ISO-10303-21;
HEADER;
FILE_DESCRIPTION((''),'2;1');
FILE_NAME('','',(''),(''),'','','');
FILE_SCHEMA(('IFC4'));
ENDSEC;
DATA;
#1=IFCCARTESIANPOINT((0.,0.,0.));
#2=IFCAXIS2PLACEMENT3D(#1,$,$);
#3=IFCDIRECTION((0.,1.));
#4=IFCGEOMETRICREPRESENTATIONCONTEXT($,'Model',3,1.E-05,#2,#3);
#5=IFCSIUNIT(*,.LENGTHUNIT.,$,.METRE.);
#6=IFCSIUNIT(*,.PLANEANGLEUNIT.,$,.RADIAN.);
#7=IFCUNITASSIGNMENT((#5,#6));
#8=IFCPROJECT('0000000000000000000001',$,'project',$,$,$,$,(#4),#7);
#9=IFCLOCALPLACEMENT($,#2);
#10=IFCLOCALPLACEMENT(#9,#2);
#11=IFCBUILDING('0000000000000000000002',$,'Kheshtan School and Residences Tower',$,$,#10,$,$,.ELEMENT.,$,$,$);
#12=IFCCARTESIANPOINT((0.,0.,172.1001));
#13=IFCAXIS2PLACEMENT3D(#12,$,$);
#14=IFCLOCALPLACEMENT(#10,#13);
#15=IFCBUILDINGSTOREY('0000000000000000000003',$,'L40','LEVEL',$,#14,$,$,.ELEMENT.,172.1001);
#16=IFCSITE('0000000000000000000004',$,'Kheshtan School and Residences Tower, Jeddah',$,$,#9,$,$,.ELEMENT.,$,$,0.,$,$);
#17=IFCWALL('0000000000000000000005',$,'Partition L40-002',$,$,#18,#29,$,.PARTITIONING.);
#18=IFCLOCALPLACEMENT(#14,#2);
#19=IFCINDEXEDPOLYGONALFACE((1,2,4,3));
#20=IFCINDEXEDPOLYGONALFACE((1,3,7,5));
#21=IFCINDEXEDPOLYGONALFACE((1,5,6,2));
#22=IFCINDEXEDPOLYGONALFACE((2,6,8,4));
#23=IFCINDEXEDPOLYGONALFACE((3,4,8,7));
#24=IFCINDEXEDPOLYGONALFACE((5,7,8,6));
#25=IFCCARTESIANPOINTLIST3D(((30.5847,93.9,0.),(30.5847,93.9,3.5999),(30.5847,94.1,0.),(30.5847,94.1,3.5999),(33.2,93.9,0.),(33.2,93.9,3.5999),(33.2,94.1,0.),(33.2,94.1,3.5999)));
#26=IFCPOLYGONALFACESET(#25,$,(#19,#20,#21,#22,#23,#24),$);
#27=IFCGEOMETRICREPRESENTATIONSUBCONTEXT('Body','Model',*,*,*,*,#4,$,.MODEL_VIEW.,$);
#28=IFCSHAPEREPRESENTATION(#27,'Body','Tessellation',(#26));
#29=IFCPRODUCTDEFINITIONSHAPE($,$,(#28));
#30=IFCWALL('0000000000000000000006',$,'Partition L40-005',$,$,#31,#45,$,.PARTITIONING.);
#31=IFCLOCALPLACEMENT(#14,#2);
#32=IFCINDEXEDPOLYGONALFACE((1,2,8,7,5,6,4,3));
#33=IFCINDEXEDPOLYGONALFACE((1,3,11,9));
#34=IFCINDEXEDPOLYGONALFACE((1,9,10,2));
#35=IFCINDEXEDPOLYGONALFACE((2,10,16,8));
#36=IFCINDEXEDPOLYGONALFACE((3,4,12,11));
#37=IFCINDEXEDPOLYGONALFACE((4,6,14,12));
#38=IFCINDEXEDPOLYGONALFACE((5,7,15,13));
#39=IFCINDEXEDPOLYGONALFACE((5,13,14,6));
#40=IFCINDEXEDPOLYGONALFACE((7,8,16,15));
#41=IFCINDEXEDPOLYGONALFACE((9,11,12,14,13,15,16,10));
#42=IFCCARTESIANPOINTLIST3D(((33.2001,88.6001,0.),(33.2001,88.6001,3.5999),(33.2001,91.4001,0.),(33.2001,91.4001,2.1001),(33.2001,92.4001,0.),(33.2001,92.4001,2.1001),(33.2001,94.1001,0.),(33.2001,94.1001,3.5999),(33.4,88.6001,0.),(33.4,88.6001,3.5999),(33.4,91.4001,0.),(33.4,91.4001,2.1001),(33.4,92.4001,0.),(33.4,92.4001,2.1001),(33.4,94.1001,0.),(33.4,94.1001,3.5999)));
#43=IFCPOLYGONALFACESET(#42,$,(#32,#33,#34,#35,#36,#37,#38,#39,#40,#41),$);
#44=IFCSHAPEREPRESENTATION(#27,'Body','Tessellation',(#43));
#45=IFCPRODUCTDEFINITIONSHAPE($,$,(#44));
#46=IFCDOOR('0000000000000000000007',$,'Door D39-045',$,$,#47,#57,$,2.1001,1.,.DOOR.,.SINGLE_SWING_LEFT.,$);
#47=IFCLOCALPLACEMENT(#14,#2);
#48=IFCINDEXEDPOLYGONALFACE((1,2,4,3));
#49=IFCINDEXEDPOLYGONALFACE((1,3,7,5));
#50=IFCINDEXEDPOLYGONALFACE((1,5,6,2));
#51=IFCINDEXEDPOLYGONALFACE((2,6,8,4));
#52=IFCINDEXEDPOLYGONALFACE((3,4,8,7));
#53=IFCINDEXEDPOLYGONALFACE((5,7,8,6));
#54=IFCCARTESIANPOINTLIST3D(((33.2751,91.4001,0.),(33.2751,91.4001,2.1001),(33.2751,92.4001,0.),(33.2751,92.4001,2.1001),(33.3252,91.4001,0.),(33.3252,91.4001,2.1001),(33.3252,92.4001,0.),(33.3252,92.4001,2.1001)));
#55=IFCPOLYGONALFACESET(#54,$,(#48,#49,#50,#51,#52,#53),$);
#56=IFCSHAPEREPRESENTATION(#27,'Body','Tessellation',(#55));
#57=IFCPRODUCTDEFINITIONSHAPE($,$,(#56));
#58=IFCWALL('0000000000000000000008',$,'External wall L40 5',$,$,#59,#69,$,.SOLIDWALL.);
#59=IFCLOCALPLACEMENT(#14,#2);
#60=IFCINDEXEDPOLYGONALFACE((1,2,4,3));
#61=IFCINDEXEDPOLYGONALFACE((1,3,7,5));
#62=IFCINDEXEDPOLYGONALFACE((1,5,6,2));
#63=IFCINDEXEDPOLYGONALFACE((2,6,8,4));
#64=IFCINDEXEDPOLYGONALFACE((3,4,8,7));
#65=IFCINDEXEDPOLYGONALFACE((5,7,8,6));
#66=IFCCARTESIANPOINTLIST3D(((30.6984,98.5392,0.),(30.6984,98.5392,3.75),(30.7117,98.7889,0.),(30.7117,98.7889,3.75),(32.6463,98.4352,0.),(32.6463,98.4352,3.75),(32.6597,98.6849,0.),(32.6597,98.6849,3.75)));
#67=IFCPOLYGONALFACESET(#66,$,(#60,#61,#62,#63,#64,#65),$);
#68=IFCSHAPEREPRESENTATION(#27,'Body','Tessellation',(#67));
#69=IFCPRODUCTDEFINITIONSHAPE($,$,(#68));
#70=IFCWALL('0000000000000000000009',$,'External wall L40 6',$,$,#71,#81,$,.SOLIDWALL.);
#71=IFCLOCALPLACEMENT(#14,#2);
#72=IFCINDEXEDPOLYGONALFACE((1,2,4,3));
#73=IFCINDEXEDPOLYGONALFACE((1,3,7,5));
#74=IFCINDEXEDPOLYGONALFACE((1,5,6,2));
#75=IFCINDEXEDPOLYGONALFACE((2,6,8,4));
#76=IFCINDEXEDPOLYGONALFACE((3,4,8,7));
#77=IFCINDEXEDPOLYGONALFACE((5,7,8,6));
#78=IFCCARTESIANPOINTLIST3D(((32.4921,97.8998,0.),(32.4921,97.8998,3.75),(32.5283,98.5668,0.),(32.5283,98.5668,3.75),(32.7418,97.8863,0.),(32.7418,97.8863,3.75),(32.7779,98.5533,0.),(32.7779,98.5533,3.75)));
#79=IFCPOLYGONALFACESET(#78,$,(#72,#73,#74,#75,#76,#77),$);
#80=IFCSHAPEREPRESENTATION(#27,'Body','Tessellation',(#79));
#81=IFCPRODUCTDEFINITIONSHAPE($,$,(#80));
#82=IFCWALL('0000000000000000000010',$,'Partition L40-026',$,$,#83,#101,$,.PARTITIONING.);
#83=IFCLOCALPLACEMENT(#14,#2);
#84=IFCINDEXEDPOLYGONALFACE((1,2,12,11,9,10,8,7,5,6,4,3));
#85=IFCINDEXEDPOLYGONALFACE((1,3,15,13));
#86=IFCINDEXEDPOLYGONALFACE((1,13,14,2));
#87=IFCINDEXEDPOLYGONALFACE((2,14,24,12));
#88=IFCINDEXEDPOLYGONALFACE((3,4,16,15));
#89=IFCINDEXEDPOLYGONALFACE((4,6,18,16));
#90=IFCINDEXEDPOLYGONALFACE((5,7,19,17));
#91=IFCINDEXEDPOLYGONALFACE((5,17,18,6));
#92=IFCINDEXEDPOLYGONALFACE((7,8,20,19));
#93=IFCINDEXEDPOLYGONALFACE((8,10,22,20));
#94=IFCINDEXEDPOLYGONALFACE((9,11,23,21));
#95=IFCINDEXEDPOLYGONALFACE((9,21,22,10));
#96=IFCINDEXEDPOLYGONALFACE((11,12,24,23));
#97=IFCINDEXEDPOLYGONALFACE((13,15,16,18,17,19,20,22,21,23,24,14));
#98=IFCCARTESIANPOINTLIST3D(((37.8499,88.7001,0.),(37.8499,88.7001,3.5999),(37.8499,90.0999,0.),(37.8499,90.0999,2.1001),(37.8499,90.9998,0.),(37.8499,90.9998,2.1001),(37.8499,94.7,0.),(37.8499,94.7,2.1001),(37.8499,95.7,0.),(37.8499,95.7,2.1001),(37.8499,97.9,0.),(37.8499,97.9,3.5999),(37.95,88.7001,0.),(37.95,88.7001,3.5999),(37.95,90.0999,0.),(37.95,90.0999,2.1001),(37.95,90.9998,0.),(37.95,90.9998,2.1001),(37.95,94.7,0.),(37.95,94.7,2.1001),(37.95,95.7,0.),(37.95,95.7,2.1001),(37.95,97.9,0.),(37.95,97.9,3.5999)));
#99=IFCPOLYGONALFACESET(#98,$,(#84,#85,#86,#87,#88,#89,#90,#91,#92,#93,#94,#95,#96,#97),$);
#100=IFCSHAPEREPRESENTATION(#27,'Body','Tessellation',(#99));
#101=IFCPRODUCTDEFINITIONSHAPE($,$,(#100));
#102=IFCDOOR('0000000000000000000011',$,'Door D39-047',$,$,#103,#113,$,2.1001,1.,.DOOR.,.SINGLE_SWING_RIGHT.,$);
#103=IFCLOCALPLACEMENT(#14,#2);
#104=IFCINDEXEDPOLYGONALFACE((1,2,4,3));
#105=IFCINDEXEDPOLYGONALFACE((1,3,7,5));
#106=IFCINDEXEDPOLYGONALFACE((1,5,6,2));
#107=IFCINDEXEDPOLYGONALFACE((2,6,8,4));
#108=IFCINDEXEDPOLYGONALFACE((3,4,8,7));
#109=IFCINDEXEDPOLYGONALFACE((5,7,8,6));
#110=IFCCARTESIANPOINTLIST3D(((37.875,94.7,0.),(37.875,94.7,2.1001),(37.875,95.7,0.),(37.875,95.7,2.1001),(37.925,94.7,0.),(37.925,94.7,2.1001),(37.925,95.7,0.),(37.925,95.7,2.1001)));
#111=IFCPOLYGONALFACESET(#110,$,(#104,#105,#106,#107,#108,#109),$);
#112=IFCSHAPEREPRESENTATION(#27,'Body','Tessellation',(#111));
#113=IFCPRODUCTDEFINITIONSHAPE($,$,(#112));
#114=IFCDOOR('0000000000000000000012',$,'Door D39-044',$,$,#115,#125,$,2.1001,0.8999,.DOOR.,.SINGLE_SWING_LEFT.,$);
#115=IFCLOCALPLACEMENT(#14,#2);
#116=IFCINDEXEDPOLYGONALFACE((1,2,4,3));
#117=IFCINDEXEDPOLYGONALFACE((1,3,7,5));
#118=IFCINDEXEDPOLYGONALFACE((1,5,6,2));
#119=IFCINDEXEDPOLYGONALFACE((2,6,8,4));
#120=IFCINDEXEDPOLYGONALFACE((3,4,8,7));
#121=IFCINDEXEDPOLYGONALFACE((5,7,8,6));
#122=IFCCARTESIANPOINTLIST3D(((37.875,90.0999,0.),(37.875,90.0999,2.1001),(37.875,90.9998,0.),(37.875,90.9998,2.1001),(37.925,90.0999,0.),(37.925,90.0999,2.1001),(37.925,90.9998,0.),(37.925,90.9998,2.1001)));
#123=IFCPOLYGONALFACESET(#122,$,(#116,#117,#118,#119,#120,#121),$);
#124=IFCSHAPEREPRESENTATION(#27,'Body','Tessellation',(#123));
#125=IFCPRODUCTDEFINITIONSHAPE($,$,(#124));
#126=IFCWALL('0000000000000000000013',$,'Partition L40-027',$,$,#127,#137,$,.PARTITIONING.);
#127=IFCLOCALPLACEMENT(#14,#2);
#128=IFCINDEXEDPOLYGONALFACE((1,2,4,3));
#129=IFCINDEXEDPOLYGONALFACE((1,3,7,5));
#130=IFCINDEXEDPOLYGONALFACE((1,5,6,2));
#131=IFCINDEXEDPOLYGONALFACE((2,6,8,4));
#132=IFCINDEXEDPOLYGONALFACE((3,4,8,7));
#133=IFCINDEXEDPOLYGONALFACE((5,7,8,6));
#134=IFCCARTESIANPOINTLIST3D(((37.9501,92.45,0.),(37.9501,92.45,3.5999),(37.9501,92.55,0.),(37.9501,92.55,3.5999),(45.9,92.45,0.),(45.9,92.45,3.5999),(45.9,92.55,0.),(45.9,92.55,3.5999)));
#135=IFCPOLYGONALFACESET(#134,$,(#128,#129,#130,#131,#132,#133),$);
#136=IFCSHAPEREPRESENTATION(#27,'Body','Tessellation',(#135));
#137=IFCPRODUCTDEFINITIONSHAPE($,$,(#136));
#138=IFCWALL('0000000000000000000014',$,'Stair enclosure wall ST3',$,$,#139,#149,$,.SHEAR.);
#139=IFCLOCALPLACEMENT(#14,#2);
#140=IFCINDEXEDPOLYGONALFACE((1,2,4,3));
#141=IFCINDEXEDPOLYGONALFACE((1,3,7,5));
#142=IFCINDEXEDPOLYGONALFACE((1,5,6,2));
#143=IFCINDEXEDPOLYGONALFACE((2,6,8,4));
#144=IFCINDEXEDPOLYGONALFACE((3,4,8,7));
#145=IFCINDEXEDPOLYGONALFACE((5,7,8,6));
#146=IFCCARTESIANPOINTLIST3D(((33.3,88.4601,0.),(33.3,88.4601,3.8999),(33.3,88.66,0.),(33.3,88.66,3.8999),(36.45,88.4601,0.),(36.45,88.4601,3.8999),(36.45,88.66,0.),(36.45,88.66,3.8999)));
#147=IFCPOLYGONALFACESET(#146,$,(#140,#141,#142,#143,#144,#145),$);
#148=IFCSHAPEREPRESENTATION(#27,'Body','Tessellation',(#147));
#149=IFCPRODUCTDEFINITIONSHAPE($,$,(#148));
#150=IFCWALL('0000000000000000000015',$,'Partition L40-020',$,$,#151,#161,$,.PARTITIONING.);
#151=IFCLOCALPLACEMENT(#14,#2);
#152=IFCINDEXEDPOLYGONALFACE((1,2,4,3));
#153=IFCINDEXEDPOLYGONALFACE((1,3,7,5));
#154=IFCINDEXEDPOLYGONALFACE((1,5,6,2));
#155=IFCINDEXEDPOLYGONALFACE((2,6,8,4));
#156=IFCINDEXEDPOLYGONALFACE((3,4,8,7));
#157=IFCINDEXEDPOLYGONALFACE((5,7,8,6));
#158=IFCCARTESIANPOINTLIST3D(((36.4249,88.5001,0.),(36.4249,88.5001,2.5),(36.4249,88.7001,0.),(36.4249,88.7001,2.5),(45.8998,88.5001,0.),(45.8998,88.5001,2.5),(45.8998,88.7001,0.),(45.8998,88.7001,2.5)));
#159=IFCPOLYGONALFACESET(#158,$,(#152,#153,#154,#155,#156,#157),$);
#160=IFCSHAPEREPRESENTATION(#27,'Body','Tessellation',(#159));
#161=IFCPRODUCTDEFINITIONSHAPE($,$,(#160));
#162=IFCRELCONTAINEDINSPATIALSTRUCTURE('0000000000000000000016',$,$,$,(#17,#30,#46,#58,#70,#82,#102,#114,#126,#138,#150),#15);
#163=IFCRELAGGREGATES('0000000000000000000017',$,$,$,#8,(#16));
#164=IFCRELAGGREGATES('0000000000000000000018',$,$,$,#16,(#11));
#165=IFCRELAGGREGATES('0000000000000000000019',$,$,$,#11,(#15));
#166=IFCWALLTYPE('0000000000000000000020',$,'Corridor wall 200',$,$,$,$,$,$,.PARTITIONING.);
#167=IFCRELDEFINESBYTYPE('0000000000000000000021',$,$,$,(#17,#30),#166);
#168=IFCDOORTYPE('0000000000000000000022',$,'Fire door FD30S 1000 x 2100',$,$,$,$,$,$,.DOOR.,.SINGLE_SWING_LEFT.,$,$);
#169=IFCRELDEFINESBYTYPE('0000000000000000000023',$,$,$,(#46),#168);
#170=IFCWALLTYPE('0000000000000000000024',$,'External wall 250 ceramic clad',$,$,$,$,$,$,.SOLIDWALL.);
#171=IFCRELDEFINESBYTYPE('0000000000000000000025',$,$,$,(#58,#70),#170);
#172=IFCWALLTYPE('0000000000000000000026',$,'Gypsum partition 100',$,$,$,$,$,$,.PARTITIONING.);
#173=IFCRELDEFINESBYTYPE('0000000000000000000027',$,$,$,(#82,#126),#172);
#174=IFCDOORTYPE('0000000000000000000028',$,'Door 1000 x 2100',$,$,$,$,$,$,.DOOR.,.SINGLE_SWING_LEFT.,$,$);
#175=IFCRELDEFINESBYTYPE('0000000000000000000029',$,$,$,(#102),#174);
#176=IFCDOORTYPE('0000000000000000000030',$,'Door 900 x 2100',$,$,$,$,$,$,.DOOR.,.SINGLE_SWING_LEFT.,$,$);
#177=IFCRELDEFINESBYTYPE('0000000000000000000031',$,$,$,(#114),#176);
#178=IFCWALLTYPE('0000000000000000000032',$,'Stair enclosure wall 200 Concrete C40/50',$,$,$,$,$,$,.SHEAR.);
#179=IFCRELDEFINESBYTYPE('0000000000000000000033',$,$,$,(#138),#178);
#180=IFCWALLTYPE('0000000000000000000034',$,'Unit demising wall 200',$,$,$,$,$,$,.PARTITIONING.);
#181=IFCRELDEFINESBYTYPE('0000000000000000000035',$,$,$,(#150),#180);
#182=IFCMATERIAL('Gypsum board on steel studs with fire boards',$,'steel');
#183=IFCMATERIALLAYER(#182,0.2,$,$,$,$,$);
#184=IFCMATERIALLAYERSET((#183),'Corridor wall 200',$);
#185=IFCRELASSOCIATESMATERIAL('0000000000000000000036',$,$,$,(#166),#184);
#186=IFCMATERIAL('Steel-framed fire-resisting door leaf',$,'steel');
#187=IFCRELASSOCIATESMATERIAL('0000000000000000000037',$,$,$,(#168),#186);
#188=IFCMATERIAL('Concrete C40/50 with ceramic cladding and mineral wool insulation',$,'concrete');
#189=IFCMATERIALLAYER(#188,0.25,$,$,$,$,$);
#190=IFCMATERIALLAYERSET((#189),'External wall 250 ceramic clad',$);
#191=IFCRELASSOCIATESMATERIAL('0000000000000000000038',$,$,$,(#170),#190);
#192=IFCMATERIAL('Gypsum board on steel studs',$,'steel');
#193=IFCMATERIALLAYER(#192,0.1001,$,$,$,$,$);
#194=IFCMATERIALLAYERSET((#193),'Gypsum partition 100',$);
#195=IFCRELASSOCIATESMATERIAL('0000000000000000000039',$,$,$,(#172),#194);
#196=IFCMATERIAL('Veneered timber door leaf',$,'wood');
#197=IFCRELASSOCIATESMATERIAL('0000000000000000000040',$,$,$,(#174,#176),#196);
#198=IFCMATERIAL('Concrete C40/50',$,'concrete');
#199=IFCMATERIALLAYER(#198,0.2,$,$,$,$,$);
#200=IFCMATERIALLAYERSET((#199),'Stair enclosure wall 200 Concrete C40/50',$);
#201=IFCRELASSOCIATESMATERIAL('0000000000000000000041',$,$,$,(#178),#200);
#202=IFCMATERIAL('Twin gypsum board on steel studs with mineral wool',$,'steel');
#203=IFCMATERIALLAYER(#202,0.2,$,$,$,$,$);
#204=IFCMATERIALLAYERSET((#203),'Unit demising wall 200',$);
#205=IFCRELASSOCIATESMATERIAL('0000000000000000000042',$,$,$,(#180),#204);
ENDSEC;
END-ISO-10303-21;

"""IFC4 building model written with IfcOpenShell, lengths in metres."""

from ifc_helpers import new_model, si_unit, direction, frame, frame_2d, origin, place, context, subcontext, project, spatial, rectangle, extrude, source, transform, mapped, material, layer, layer_set, type_object, element, fill, save


model = new_model("IFC4")

# Units and contexts
model_context = context("Model", 3, precision=1e-05, world=origin(), true_north=direction((0.0, 1.0)))
body_context = subcontext(model_context, "Body", "Model", "MODEL_VIEW")
ifc_project = project(units=[si_unit("LENGTHUNIT", "METRE"), si_unit("PLANEANGLEUNIT", "RADIAN")], contexts=[model_context])

# Site, building, storey
site_placement = place(None, origin())
site = spatial("IfcSite", under=ifc_project, at=site_placement, Name="Kheshtan School and Residences Tower, Jeddah", CompositionType="ELEMENT", RefElevation=0.0)
building_placement = place(site_placement, origin())
building = spatial("IfcBuilding", under=site, at=building_placement, Name="Kheshtan School and Residences Tower", CompositionType="ELEMENT")
storey_placement = place(building_placement, frame((0.0, 0.0, 172.1001)))
storey = spatial("IfcBuildingStorey", under=building, at=storey_placement, Name="L40", Description="LEVEL", CompositionType="ELEMENT", Elevation=172.1001)

# Wall
ifc_material_1 = material(Name="Gypsum board on steel studs with fire boards", Category="steel")
ifc_layer_1 = layer(ifc_material_1, 0.2)
ifc_layer_set_1 = layer_set([ifc_layer_1], Name="Corridor wall 200")
wall_type_1 = type_object("IfcWallType", Name="Corridor wall 200", PredefinedType="PARTITIONING", material=ifc_layer_set_1)
wall_1_placement = place(storey_placement, frame((30.5847, 94.0, 0.0), z_axis=(0.0, 0.0, 1.0), x_axis=(1.0, 0.0, 0.0)))
element("IfcWall", 1, at=wall_1_placement, inside=storey, type_object=wall_type_1, Name="Partition L40-002", PredefinedType="PARTITIONING", context=body_context, shape_type="SweptSolid", body=[
    extrude(rectangle(XDim=2.6152, YDim=0.2, at=frame_2d((1.3076, 0.0))), origin(), (0.0, 0.0, 1.0), 3.5999),
])

# Wall, opening, door
wall_2_placement = place(storey_placement, frame((33.3, 88.6001, 0.0), z_axis=(0.0, 0.0, 1.0), x_axis=(0.0, 1.0, 0.0)))
wall_2 = element("IfcWall", 2, at=wall_2_placement, inside=storey, type_object=wall_type_1, Name="Partition L40-005", PredefinedType="PARTITIONING", context=body_context, shape_type="SweptSolid", body=[
    extrude(rectangle(XDim=5.5, YDim=0.2, at=frame_2d((2.75, 0.0))), origin(), (0.0, 0.0, 1.0), 3.5999),
])
opening_1_placement = place(wall_2_placement, frame((2.8, 0.0, 0.0)))
opening_1 = element("IfcOpeningElement", 3, at=opening_1_placement, cuts=wall_2, PredefinedType="OPENING", context=body_context, shape_type="SweptSolid", body=[
    extrude(rectangle(XDim=1.0, YDim=2.1001, at=frame_2d((0.5, 1.05))), frame((0.0, 0.1099, 0.0), z_axis=(0.0, -1.0, 0.0), x_axis=(1.0, 0.0, 0.0)), (0.0, 0.0, 1.0), 0.22),
])
ifc_material_2 = material(Name="Steel-framed fire-resisting door leaf", Category="steel")
door_type_1 = type_object("IfcDoorType", Name="Fire door FD30S 1000 x 2100", OperationType="SINGLE_SWING_LEFT", PredefinedType="DOOR", material=ifc_material_2)
shared_shape_1 = source(origin(), body_context, "Body", "SweptSolid", [
    extrude(rectangle(XDim=1.0, YDim=2.1001, at=frame_2d((0.5, 1.05))), frame((0.0, 0.0249, 0.0), z_axis=(0.0, -1.0, 0.0), x_axis=(1.0, 0.0, 0.0)), (0.0, 0.0, 1.0), 0.05),
])
door_1_placement = place(opening_1_placement, origin())
door_1 = element("IfcDoor", 4, at=door_1_placement, inside=storey, type_object=door_type_1, Name="Door D39-045", OperationType="SINGLE_SWING_LEFT", OverallHeight=2.1001, OverallWidth=1.0, PredefinedType="DOOR", context=body_context, shape_type="MappedRepresentation", body=[
    mapped(shared_shape_1, transform((0.0, 0.0, 0.0), x_axis=(1.0, 0.0, 0.0), y_axis=(0.0, 1.0, 0.0), z_axis=(0.0, 0.0, 1.0), scale=1.0)),
])
fill(opening_1, door_1)

# Walls
ifc_material_3 = material(Name="Concrete C40/50 with ceramic cladding and mineral wool insulation", Category="concrete")
ifc_layer_2 = layer(ifc_material_3, 0.25)
ifc_layer_set_2 = layer_set([ifc_layer_2], Name="External wall 250 ceramic clad")
wall_type_2 = type_object("IfcWallType", Name="External wall 250 ceramic clad", PredefinedType="SOLIDWALL", material=ifc_layer_set_2)
wall_3_placement = place(storey_placement, frame((30.7051, 98.6641, 0.0), z_axis=(0.0, 0.0, 1.0), x_axis=(0.998578, -0.053314, 0.0)))
element("IfcWall", 5, at=wall_3_placement, inside=storey, type_object=wall_type_2, Name="External wall L40 5", PredefinedType="SOLIDWALL", context=body_context, shape_type="SweptSolid", body=[
    extrude(rectangle(XDim=1.9507, YDim=0.25, at=frame_2d((0.9753, 0.0))), origin(), (0.0, 0.0, 1.0), 3.75),
])
wall_4_placement = place(storey_placement, frame((32.6531, 98.5601, 0.0), z_axis=(0.0, 0.0, 1.0), x_axis=(-0.054093, -0.998536, 0.0)))
element("IfcWall", 6, at=wall_4_placement, inside=storey, type_object=wall_type_2, Name="External wall L40 6", PredefinedType="SOLIDWALL", context=body_context, shape_type="SweptSolid", body=[
    extrude(rectangle(XDim=0.668, YDim=0.25, at=frame_2d((0.334, 0.0))), origin(), (0.0, 0.0, 1.0), 3.75),
])

# Wall, openings, doors
ifc_material_4 = material(Name="Gypsum board on steel studs", Category="steel")
ifc_layer_3 = layer(ifc_material_4, 0.1001)
ifc_layer_set_3 = layer_set([ifc_layer_3], Name="Gypsum partition 100")
wall_type_3 = type_object("IfcWallType", Name="Gypsum partition 100", PredefinedType="PARTITIONING", material=ifc_layer_set_3)
wall_5_placement = place(storey_placement, frame((37.8999, 88.7, 0.0), z_axis=(0.0, 0.0, 1.0), x_axis=(0.0, 1.0, 0.0)))
wall_5 = element("IfcWall", 7, at=wall_5_placement, inside=storey, type_object=wall_type_3, Name="Partition L40-026", PredefinedType="PARTITIONING", context=body_context, shape_type="SweptSolid", body=[
    extrude(rectangle(XDim=9.2, YDim=0.1001, at=frame_2d((4.6001, 0.0))), origin(), (0.0, 0.0, 1.0), 3.5999),
])
opening_2_placement = place(wall_5_placement, frame((1.3999, 0.0, 0.0)))
opening_2 = element("IfcOpeningElement", 8, at=opening_2_placement, cuts=wall_5, PredefinedType="OPENING", context=body_context, shape_type="SweptSolid", body=[
    extrude(rectangle(XDim=0.8999, YDim=2.1001, at=frame_2d((0.45, 1.05))), frame((0.0, 0.0601, 0.0), z_axis=(0.0, -1.0, 0.0), x_axis=(1.0, 0.0, 0.0)), (0.0, 0.0, 1.0), 0.1201),
])
opening_3_placement = place(wall_5_placement, frame((6.0, 0.0, 0.0)))
opening_3 = element("IfcOpeningElement", 9, at=opening_3_placement, cuts=wall_5, PredefinedType="OPENING", context=body_context, shape_type="SweptSolid", body=[
    extrude(rectangle(XDim=1.0, YDim=2.1001, at=frame_2d((0.5, 1.05))), frame((0.0, 0.0601, 0.0), z_axis=(0.0, -1.0, 0.0), x_axis=(1.0, 0.0, 0.0)), (0.0, 0.0, 1.0), 0.1201),
])
ifc_material_5 = material(Name="Veneered timber door leaf", Category="wood")
door_type_2 = type_object("IfcDoorType", Name="Door 1000 x 2100", OperationType="SINGLE_SWING_LEFT", PredefinedType="DOOR", material=ifc_material_5)
shared_shape_2 = source(origin(), body_context, "Body", "SweptSolid", [
    extrude(rectangle(XDim=1.0, YDim=2.1001, at=frame_2d((0.5, 1.05))), frame((0.0, 0.0249, 0.0), z_axis=(0.0, -1.0, 0.0), x_axis=(1.0, 0.0, 0.0)), (0.0, 0.0, 1.0), 0.05),
])
door_2_placement = place(opening_3_placement, origin())
door_2 = element("IfcDoor", 10, at=door_2_placement, inside=storey, type_object=door_type_2, Name="Door D39-047", OperationType="SINGLE_SWING_RIGHT", OverallHeight=2.1001, OverallWidth=1.0, PredefinedType="DOOR", context=body_context, shape_type="MappedRepresentation", body=[
    mapped(shared_shape_2, transform((0.0, 0.0, 0.0), x_axis=(1.0, 0.0, 0.0), y_axis=(0.0, 1.0, 0.0), z_axis=(0.0, 0.0, 1.0), scale=1.0)),
])
fill(opening_3, door_2)
door_type_3 = type_object("IfcDoorType", Name="Door 900 x 2100", OperationType="SINGLE_SWING_LEFT", PredefinedType="DOOR", material=ifc_material_5)
shared_shape_3 = source(origin(), body_context, "Body", "SweptSolid", [
    extrude(rectangle(XDim=0.8999, YDim=2.1001, at=frame_2d((0.45, 1.05))), frame((0.0, 0.0249, 0.0), z_axis=(0.0, -1.0, 0.0), x_axis=(1.0, 0.0, 0.0)), (0.0, 0.0, 1.0), 0.05),
])
door_3_placement = place(opening_2_placement, origin())
door_3 = element("IfcDoor", 11, at=door_3_placement, inside=storey, type_object=door_type_3, Name="Door D39-044", OperationType="SINGLE_SWING_LEFT", OverallHeight=2.1001, OverallWidth=0.8999, PredefinedType="DOOR", context=body_context, shape_type="MappedRepresentation", body=[
    mapped(shared_shape_3, transform((0.0, 0.0, 0.0), x_axis=(1.0, 0.0, 0.0), y_axis=(0.0, 1.0, 0.0), z_axis=(0.0, 0.0, 1.0), scale=1.0)),
])
fill(opening_2, door_3)

# Walls
wall_6_placement = place(storey_placement, frame((37.95, 92.5, 0.0), z_axis=(0.0, 0.0, 1.0), x_axis=(1.0, 0.0, 0.0)))
element("IfcWall", 12, at=wall_6_placement, inside=storey, type_object=wall_type_3, Name="Partition L40-027", PredefinedType="PARTITIONING", context=body_context, shape_type="SweptSolid", body=[
    extrude(rectangle(XDim=7.95, YDim=0.1001, at=frame_2d((3.9751, 0.0))), origin(), (0.0, 0.0, 1.0), 3.5999),
])
ifc_material_6 = material(Name="Concrete C40/50", Category="concrete")
ifc_layer_4 = layer(ifc_material_6, 0.2)
ifc_layer_set_4 = layer_set([ifc_layer_4], Name="Stair enclosure wall 200 Concrete C40/50")
wall_type_4 = type_object("IfcWallType", Name="Stair enclosure wall 200 Concrete C40/50", PredefinedType="SHEAR", material=ifc_layer_set_4)
wall_7_placement = place(storey_placement, frame((33.3, 88.5601, 0.0), z_axis=(0.0, 0.0, 1.0), x_axis=(1.0, 0.0, 0.0)))
element("IfcWall", 13, at=wall_7_placement, inside=storey, type_object=wall_type_4, Name="Stair enclosure wall ST3", PredefinedType="SHEAR", context=body_context, shape_type="SweptSolid", body=[
    extrude(rectangle(XDim=3.1499, YDim=0.2, at=frame_2d((1.575, 0.0))), origin(), (0.0, 0.0, 1.0), 3.8999),
])
ifc_material_7 = material(Name="Twin gypsum board on steel studs with mineral wool", Category="steel")
ifc_layer_5 = layer(ifc_material_7, 0.2)
ifc_layer_set_5 = layer_set([ifc_layer_5], Name="Unit demising wall 200")
wall_type_5 = type_object("IfcWallType", Name="Unit demising wall 200", PredefinedType="PARTITIONING", material=ifc_layer_set_5)
wall_8_placement = place(storey_placement, frame((36.425, 88.6001, 0.0), z_axis=(0.0, 0.0, 1.0), x_axis=(1.0, 0.0, 0.0)))
element("IfcWall", 14, at=wall_8_placement, inside=storey, type_object=wall_type_5, Name="Partition L40-020", PredefinedType="PARTITIONING", context=body_context, shape_type="SweptSolid", body=[
    extrude(rectangle(XDim=9.4749, YDim=0.2, at=frame_2d((4.7373, 0.0))), origin(), (0.0, 0.0, 1.0), 2.5),
])

save(model, "model.ifc")
